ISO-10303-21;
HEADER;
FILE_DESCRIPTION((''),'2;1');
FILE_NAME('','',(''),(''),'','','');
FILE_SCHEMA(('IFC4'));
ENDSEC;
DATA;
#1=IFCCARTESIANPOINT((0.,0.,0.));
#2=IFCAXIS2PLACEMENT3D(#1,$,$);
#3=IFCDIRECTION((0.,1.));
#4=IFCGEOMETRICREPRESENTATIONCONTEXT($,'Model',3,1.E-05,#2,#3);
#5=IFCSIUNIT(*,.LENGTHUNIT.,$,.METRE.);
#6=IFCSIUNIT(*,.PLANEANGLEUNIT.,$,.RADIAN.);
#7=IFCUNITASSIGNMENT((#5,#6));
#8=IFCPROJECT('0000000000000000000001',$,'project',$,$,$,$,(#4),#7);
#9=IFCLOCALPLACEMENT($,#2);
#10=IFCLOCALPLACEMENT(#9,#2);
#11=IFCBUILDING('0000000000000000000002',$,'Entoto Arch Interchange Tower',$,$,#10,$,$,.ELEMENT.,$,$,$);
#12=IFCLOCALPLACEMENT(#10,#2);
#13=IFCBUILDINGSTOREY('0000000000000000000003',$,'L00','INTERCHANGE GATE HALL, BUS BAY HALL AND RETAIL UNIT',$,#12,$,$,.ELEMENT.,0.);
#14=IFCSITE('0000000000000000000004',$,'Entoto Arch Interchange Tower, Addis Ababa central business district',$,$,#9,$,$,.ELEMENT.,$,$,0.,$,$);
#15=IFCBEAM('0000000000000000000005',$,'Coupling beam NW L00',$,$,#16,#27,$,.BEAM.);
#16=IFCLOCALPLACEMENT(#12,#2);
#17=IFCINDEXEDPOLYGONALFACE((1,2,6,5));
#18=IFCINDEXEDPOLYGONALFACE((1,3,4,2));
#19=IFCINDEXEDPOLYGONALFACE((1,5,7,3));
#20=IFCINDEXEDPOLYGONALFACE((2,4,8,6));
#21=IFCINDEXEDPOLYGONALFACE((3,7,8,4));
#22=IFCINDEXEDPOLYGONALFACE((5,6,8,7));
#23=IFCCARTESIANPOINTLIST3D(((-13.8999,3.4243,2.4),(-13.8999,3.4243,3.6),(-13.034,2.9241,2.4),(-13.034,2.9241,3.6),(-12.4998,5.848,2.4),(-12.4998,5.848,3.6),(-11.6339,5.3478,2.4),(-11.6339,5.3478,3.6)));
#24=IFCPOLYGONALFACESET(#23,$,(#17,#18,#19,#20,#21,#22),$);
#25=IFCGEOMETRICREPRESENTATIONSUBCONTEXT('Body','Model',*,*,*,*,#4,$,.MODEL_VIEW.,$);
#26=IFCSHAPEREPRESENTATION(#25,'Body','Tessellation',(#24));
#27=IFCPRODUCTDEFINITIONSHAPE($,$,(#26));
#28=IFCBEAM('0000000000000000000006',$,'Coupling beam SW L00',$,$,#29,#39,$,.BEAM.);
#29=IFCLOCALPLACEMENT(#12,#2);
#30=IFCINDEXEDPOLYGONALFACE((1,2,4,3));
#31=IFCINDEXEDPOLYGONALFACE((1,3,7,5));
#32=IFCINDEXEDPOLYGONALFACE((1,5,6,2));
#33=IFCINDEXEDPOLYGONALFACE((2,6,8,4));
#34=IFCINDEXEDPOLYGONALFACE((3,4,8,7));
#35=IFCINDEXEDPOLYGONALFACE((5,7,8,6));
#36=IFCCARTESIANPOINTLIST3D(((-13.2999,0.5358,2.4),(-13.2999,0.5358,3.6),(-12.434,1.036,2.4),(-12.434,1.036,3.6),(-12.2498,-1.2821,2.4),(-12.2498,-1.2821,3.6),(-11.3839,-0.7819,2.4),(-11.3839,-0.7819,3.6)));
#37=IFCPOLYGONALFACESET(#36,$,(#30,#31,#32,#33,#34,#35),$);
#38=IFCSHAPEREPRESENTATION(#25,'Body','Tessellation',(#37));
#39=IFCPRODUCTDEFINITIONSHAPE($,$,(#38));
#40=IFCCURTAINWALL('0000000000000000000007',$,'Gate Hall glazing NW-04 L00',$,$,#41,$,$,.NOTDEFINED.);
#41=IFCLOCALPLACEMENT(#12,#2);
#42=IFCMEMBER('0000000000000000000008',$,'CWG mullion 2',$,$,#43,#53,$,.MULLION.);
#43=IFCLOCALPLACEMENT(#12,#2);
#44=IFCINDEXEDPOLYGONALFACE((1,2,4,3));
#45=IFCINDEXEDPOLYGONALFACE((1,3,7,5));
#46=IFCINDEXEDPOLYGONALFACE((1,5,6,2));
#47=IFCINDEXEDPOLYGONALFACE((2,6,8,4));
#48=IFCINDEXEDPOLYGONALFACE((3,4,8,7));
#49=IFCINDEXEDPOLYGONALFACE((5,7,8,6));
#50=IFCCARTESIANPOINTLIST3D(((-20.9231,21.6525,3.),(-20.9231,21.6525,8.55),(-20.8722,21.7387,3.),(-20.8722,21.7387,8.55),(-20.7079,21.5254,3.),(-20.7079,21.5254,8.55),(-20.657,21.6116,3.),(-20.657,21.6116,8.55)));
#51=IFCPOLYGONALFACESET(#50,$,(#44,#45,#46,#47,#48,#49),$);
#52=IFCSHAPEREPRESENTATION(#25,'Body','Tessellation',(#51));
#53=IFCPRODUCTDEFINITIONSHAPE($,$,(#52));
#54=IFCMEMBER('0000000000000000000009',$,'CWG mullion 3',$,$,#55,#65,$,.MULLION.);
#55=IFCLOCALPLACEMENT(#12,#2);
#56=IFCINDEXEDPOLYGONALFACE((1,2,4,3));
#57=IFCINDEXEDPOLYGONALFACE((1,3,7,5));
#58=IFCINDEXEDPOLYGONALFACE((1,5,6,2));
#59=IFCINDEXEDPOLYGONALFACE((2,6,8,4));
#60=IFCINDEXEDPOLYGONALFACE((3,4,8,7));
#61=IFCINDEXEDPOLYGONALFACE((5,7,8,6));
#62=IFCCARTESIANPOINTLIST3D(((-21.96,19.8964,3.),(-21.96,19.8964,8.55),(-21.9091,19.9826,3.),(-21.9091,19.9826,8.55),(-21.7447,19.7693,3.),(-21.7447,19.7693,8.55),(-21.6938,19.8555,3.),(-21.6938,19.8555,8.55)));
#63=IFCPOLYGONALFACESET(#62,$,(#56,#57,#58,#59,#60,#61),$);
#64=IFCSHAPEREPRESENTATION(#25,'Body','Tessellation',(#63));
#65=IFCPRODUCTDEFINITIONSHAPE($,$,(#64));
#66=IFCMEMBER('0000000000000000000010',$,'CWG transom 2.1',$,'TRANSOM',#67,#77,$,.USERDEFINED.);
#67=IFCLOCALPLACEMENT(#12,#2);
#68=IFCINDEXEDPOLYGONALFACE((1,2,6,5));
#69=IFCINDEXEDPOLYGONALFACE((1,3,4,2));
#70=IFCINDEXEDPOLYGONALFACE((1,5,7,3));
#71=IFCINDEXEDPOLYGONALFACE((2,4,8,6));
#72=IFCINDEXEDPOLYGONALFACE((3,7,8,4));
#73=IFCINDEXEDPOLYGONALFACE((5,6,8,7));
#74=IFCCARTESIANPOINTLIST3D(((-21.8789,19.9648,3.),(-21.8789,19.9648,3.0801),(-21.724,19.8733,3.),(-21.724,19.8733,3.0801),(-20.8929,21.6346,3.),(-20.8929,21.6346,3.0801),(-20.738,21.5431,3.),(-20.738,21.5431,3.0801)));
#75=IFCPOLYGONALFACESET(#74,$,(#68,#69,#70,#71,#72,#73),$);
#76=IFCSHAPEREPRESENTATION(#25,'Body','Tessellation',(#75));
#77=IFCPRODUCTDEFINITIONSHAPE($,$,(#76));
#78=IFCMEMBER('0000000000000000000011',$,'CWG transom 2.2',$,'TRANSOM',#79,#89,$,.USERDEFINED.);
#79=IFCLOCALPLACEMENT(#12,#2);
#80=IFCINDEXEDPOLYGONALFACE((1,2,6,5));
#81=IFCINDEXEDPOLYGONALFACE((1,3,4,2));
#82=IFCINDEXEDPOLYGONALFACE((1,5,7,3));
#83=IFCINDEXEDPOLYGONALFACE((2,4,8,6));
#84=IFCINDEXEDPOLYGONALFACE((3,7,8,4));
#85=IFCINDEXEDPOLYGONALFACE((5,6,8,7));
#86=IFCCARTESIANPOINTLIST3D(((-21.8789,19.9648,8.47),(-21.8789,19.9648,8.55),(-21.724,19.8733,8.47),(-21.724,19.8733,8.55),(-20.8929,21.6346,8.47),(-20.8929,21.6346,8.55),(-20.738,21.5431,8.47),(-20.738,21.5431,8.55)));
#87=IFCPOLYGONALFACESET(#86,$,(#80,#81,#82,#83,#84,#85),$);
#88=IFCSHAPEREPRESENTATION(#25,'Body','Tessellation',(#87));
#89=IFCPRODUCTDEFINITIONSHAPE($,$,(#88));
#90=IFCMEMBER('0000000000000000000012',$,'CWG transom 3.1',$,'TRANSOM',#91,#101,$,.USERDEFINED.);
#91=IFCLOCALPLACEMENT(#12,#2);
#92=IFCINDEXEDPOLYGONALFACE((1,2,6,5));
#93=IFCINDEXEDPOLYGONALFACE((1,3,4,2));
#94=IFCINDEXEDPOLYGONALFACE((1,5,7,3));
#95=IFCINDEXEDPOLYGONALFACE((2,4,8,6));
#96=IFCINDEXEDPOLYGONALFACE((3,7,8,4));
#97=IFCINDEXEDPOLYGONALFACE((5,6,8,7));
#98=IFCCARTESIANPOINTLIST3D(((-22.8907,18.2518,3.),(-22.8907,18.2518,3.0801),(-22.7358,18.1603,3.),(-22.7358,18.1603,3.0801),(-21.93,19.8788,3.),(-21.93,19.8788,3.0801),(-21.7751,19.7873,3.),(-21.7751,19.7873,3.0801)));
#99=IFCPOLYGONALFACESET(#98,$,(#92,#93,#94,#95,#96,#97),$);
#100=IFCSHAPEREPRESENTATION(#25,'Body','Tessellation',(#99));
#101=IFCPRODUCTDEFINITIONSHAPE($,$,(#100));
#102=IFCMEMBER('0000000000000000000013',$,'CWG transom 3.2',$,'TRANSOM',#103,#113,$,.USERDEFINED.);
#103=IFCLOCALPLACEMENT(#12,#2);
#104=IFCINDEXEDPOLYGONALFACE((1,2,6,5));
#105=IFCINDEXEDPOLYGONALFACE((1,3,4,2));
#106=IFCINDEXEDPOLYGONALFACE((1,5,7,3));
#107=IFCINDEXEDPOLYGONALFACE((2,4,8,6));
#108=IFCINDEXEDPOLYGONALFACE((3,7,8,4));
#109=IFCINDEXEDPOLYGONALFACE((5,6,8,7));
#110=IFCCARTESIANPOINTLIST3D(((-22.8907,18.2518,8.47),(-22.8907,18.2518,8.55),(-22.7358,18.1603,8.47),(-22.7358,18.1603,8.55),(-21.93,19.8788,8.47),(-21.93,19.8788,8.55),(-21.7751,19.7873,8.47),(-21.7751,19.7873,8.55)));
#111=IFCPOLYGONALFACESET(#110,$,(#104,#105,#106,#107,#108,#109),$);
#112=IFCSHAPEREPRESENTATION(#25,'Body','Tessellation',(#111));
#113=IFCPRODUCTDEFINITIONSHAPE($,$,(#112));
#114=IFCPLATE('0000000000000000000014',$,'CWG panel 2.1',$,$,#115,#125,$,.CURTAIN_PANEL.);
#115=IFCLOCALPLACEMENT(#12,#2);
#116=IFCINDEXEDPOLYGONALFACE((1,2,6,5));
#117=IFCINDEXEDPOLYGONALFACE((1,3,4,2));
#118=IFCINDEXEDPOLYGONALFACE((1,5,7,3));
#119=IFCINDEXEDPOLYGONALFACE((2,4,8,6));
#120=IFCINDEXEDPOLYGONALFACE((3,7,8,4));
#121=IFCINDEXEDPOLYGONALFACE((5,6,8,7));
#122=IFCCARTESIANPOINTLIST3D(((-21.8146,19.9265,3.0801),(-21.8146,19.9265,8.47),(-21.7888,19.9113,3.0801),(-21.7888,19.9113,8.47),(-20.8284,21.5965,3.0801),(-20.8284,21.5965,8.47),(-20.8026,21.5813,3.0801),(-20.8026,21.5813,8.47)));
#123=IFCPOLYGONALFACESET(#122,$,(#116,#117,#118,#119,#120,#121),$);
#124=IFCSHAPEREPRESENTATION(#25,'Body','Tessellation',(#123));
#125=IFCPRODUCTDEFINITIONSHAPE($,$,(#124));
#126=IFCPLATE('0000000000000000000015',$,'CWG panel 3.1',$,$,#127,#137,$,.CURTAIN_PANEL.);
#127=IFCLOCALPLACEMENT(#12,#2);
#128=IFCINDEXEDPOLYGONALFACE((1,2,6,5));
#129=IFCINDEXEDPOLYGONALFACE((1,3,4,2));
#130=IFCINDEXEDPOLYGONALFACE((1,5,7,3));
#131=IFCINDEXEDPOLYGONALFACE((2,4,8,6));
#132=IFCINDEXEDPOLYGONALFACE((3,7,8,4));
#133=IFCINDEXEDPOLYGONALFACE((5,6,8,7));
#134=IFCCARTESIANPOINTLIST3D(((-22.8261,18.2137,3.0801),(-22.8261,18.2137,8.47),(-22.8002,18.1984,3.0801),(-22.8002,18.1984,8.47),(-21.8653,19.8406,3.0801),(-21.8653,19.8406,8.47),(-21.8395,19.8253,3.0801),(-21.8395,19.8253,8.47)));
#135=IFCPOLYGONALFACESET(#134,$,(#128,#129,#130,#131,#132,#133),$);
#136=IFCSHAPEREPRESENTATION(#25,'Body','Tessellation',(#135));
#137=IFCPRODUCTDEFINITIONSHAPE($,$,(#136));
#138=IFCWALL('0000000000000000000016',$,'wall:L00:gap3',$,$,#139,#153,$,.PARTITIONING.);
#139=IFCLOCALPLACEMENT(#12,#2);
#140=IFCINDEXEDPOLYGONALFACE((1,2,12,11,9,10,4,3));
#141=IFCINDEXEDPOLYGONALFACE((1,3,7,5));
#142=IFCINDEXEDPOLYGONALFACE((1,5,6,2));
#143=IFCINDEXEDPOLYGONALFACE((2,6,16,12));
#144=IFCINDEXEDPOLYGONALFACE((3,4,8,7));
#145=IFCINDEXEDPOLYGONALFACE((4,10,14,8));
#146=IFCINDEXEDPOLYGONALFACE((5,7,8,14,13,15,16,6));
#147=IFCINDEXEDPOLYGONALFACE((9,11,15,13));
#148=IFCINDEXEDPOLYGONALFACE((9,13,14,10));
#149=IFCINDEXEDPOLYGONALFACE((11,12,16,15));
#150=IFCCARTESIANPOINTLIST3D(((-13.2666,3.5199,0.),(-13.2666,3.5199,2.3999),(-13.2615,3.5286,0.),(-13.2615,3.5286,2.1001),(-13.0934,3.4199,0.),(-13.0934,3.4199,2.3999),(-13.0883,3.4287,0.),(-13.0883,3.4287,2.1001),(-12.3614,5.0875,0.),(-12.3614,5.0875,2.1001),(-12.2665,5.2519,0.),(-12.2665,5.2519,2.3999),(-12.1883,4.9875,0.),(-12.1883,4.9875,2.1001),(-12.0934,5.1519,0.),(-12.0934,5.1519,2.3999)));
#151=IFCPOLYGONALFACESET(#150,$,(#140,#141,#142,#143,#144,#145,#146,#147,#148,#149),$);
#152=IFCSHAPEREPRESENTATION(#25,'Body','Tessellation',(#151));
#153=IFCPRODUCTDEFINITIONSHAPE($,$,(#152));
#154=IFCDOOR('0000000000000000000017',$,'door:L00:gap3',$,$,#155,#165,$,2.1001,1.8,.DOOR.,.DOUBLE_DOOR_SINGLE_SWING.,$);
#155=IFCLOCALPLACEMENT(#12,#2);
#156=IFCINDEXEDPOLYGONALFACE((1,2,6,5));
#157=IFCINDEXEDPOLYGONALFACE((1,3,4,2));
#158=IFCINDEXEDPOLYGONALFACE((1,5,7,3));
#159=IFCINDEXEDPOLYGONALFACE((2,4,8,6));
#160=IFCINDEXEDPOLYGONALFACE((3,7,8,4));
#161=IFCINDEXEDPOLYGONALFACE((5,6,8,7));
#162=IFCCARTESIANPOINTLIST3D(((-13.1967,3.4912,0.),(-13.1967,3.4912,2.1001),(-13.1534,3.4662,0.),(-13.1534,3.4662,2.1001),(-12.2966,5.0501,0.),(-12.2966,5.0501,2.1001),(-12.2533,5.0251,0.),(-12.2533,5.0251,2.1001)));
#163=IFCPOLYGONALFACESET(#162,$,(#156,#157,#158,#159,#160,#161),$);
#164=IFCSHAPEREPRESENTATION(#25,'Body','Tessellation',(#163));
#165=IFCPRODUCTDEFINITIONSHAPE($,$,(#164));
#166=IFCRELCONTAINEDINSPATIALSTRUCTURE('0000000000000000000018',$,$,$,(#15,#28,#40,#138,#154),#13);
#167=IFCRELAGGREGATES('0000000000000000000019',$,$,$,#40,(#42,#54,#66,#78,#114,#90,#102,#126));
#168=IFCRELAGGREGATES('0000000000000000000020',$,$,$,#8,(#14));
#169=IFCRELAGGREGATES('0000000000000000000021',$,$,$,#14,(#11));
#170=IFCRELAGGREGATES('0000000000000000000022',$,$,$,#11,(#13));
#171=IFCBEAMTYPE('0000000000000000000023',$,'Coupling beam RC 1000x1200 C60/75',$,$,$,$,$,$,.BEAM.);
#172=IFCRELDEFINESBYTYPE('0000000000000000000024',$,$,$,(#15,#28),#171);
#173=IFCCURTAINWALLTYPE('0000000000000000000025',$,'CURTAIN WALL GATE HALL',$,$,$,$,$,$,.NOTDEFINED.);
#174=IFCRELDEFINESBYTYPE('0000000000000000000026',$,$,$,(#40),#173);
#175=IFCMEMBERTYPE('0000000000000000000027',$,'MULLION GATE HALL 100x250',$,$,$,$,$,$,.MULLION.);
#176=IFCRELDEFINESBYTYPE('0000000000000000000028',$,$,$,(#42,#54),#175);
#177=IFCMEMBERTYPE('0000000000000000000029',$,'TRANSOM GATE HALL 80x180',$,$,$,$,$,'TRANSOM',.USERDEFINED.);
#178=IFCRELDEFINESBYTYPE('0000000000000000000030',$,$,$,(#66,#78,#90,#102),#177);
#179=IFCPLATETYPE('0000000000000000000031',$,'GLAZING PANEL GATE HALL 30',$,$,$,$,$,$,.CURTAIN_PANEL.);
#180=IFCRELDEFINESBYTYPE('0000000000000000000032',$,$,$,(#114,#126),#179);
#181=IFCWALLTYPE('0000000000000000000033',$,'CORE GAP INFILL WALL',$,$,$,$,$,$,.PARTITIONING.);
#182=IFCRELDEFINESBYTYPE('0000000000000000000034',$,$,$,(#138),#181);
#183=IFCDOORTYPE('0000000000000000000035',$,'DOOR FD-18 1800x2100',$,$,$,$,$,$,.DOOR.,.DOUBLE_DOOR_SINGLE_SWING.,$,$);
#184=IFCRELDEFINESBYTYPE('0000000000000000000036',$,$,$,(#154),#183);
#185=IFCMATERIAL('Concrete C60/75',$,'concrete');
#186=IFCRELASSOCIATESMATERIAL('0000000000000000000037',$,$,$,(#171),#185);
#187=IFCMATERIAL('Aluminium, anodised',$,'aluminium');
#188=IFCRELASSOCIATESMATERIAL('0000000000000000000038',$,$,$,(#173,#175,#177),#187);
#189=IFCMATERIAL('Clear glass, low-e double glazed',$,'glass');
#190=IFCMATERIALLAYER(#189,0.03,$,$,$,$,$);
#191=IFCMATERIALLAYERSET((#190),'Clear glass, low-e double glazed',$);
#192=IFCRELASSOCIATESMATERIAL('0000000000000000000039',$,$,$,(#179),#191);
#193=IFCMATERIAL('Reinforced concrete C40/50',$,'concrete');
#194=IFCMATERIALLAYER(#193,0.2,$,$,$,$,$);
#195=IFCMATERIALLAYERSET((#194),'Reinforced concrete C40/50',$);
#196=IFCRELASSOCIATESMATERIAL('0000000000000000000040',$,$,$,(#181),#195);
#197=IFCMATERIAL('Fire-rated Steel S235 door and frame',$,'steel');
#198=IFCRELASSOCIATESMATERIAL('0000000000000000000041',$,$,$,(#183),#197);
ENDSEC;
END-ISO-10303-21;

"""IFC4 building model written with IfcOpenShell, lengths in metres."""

from ifc_helpers import new_model, si_unit, direction, frame, frame_2d, origin, origin_2d, place, context, subcontext, project, spatial, rectangle, extrude, material, layer, layer_set, material_profile, profile_set, type_object, element, fill, aggregate, save


model = new_model("IFC4")

# Units and contexts
model_context = context("Model", 3, precision=1e-05, world=origin(), true_north=direction((0.0, 1.0)))
body_context = subcontext(model_context, "Body", "Model", "MODEL_VIEW")
ifc_project = project(units=[si_unit("LENGTHUNIT", "METRE"), si_unit("PLANEANGLEUNIT", "RADIAN")], contexts=[model_context])

# Site, building, storey
site_placement = place(None, origin())
site = spatial("IfcSite", under=ifc_project, at=site_placement, Name="Entoto Arch Interchange Tower, Addis Ababa central business district", CompositionType="ELEMENT", RefElevation=0.0)
building_placement = place(site_placement, origin())
building = spatial("IfcBuilding", under=site, at=building_placement, Name="Entoto Arch Interchange Tower", CompositionType="ELEMENT")
storey_placement = place(building_placement, origin())
storey = spatial("IfcBuildingStorey", under=building, at=storey_placement, Name="L00", Description="INTERCHANGE GATE HALL, BUS BAY HALL AND RETAIL UNIT", CompositionType="ELEMENT", Elevation=0.0)

# Beams
ifc_material_1 = material(Name="Concrete C60/75", Category="concrete")
ifc_material_profile_1 = material_profile(ifc_material_1, rectangle(XDim=1.0, YDim=1.2, at=origin_2d()))
ifc_profile_set_1 = profile_set([ifc_material_profile_1], Name="Concrete C60/75")
beam_type = type_object("IfcBeamType", Name="Coupling beam RC 1000x1200 C60/75", PredefinedType="BEAM", material=ifc_profile_set_1)
beam_1_placement = place(storey_placement, frame((-12.0669, 5.5979, 3.0), z_axis=(-0.500201, -0.86591, 0.0), x_axis=(0.86591, -0.500201, 0.0)))
element("IfcBeam", 1, at=beam_1_placement, inside=storey, type_object=beam_type, Name="Coupling beam NW L00", PredefinedType="BEAM", context=body_context, shape_type="SweptSolid", body=[
    extrude(rectangle(XDim=1.0, YDim=1.2, at=origin_2d()), origin(), (0.0, 0.0, 1.0), 2.7991),
])
beam_2_placement = place(storey_placement, frame((-12.8669, 0.7859, 3.0), z_axis=(0.500179, -0.865922, 0.0), x_axis=(0.865922, 0.500179, 0.0)))
element("IfcBeam", 2, at=beam_2_placement, inside=storey, type_object=beam_type, Name="Coupling beam SW L00", PredefinedType="BEAM", context=body_context, shape_type="SweptSolid", body=[
    extrude(rectangle(XDim=1.0, YDim=1.2, at=origin_2d()), origin(), (0.0, 0.0, 1.0), 2.0994),
])

# Curtain wall, members, plates
ifc_material_2 = material(Name="Aluminium, anodised", Category="aluminium")
curtain_wall_type = type_object("IfcCurtainWallType", Name="CURTAIN WALL GATE HALL", PredefinedType="NOTDEFINED", material=ifc_material_2)
curtain_wall_placement = place(storey_placement, origin())
curtain_wall = element("IfcCurtainWall", 3, at=curtain_wall_placement, inside=storey, type_object=curtain_wall_type, Name="Gate Hall glazing NW-04 L00", PredefinedType="NOTDEFINED")
ifc_material_profile_2 = material_profile(ifc_material_2, rectangle(XDim=0.25, YDim=0.1001, at=origin_2d()))
ifc_profile_set_2 = profile_set([ifc_material_profile_2], Name="Aluminium, anodised")
member_type_1 = type_object("IfcMemberType", Name="MULLION GATE HALL 100x250", PredefinedType="MULLION", material=ifc_profile_set_2)
member_1_placement = place(storey_placement, frame((-20.79, 21.6321, 3.0), z_axis=(0.0, 0.0, 1.0), x_axis=(0.861063, -0.508498, 0.0)))
member_1 = element("IfcMember", 4, at=member_1_placement, type_object=member_type_1, Name="CWG mullion 2", PredefinedType="MULLION", context=body_context, shape_type="SweptSolid", body=[
    extrude(rectangle(XDim=0.25, YDim=0.1001, at=origin_2d()), origin(), (0.0, 0.0, 1.0), 5.55),
])
member_2_placement = place(storey_placement, frame((-21.8269, 19.876, 3.0), z_axis=(0.0, 0.0, 1.0), x_axis=(0.861063, -0.508498, 0.0)))
member_2 = element("IfcMember", 5, at=member_2_placement, type_object=member_type_1, Name="CWG mullion 3", PredefinedType="MULLION", context=body_context, shape_type="SweptSolid", body=[
    extrude(rectangle(XDim=0.25, YDim=0.1001, at=origin_2d()), origin(), (0.0, 0.0, 1.0), 5.55),
])
ifc_material_profile_3 = material_profile(ifc_material_2, rectangle(XDim=0.1799, YDim=0.0801, at=origin_2d()))
ifc_profile_set_3 = profile_set([ifc_material_profile_3], Name="Aluminium, anodised")
member_type_2 = type_object("IfcMemberType", Name="TRANSOM GATE HALL 80x180", ElementType="TRANSOM", PredefinedType="USERDEFINED", material=ifc_profile_set_3)
member_3_placement = place(storey_placement, frame((-20.8154, 21.5889, 3.04), z_axis=(-0.508466, -0.861082, 0.0), x_axis=(0.861082, -0.508466, 0.0)))
member_3 = element("IfcMember", 6, at=member_3_placement, type_object=member_type_2, Name="CWG transom 2.1", ObjectType="TRANSOM", PredefinedType="USERDEFINED", context=body_context, shape_type="SweptSolid", body=[
    extrude(rectangle(XDim=0.1799, YDim=0.0801, at=origin_2d()), origin(), (0.0, 0.0, 1.0), 1.9392),
])
member_4_placement = place(storey_placement, frame((-20.8154, 21.5889, 8.51), z_axis=(-0.508466, -0.861082, 0.0), x_axis=(0.861082, -0.508466, 0.0)))
member_4 = element("IfcMember", 7, at=member_4_placement, type_object=member_type_2, Name="CWG transom 2.2", ObjectType="TRANSOM", PredefinedType="USERDEFINED", context=body_context, shape_type="SweptSolid", body=[
    extrude(rectangle(XDim=0.1799, YDim=0.0801, at=origin_2d()), origin(), (0.0, 0.0, 1.0), 1.9392),
])
member_5_placement = place(storey_placement, frame((-21.8525, 19.833, 3.04), z_axis=(-0.508459, -0.861086, 0.0), x_axis=(0.861086, -0.508459, 0.0)))
member_5 = element("IfcMember", 8, at=member_5_placement, type_object=member_type_2, Name="CWG transom 3.1", ObjectType="TRANSOM", PredefinedType="USERDEFINED", context=body_context, shape_type="SweptSolid", body=[
    extrude(rectangle(XDim=0.1799, YDim=0.0801, at=origin_2d()), origin(), (0.0, 0.0, 1.0), 1.8894),
])
member_6_placement = place(storey_placement, frame((-21.8525, 19.833, 8.51), z_axis=(-0.508459, -0.861086, 0.0), x_axis=(0.861086, -0.508459, 0.0)))
member_6 = element("IfcMember", 9, at=member_6_placement, type_object=member_type_2, Name="CWG transom 3.2", ObjectType="TRANSOM", PredefinedType="USERDEFINED", context=body_context, shape_type="SweptSolid", body=[
    extrude(rectangle(XDim=0.1799, YDim=0.0801, at=origin_2d()), origin(), (0.0, 0.0, 1.0), 1.8894),
])
ifc_material_3 = material(Name="Clear glass, low-e double glazed", Category="glass")
ifc_layer_1 = layer(ifc_material_3, 0.03)
ifc_layer_set_1 = layer_set([ifc_layer_1], Name="Clear glass, low-e double glazed")
plate_type = type_object("IfcPlateType", Name="GLAZING PANEL GATE HALL 30", PredefinedType="CURTAIN_PANEL", material=ifc_layer_set_1)
plate_1_placement = place(storey_placement, frame((-21.3086, 20.7539, 3.0801), z_axis=(0.0, 0.0, 1.0), x_axis=(-0.508498, -0.861063, 0.0)))
plate_1 = element("IfcPlate", 10, at=plate_1_placement, type_object=plate_type, Name="CWG panel 2.1", PredefinedType="CURTAIN_PANEL", context=body_context, shape_type="SweptSolid", body=[
    extrude(rectangle(XDim=1.9395, YDim=0.03, at=origin_2d()), origin(), (0.0, 0.0, 1.0), 5.3899),
])
plate_2_placement = place(storey_placement, frame((-22.3328, 19.0195, 3.0801), z_axis=(0.0, 0.0, 1.0), x_axis=(-0.508498, -0.861063, 0.0)))
plate_2 = element("IfcPlate", 11, at=plate_2_placement, type_object=plate_type, Name="CWG panel 3.1", PredefinedType="CURTAIN_PANEL", context=body_context, shape_type="SweptSolid", body=[
    extrude(rectangle(XDim=1.8894, YDim=0.03, at=origin_2d()), origin(), (0.0, 0.0, 1.0), 5.3899),
])
aggregate(curtain_wall, [member_1, member_2, member_3, member_4, plate_1, member_5, member_6, plate_2])

# Wall, opening, door
ifc_material_4 = material(Name="Reinforced concrete C40/50", Category="concrete")
ifc_layer_2 = layer(ifc_material_4, 0.2)
ifc_layer_set_2 = layer_set([ifc_layer_2], Name="Reinforced concrete C40/50")
wall_type_1 = type_object("IfcWallType", Name="CORE GAP INFILL WALL", PredefinedType="PARTITIONING", material=ifc_layer_set_2)
wall_1_placement = place(storey_placement, frame((-12.1799, 5.2019, 0.0), z_axis=(0.0, 0.0, 1.0), x_axis=(-0.500025, -0.866011, 0.0)))
wall_1 = element("IfcWall", 12, at=wall_1_placement, inside=storey, type_object=wall_type_1, Name="wall:L00:gap3", PredefinedType="PARTITIONING", context=body_context, shape_type="SweptSolid", body=[
    extrude(rectangle(XDim=2.0, YDim=0.2, at=frame_2d((1.0, 0.0))), origin(), (0.0, 0.0, 1.0), 2.3999),
])
opening_1_placement = place(wall_1_placement, frame((0.1899, 0.0, 0.0)))
opening_1 = element("IfcOpeningElement", 13, at=opening_1_placement, cuts=wall_1, PredefinedType="OPENING", context=body_context, shape_type="SweptSolid", body=[
    extrude(rectangle(XDim=1.8, YDim=2.1001, at=frame_2d((0.8999, 1.05))), frame((0.0, 0.1099, 0.0), z_axis=(0.0, -1.0, 0.0), x_axis=(1.0, 0.0, 0.0)), (0.0, 0.0, 1.0), 0.22),
])
ifc_material_5 = material(Name="Fire-rated Steel S235 door and frame", Category="steel")
door_type_1 = type_object("IfcDoorType", Name="DOOR FD-18 1800x2100", OperationType="DOUBLE_DOOR_SINGLE_SWING", PredefinedType="DOOR", material=ifc_material_5)
door_1_placement = place(opening_1_placement, origin())
door_1 = element("IfcDoor", 14, at=door_1_placement, inside=storey, type_object=door_type_1, Name="door:L00:gap3", OperationType="DOUBLE_DOOR_SINGLE_SWING", OverallHeight=2.1001, OverallWidth=1.8, PredefinedType="DOOR", context=body_context, shape_type="SweptSolid", body=[
    extrude(rectangle(XDim=1.8, YDim=2.1001, at=frame_2d((0.8999, 1.05))), frame((0.0, 0.0249, 0.0), z_axis=(0.0, -1.0, 0.0), x_axis=(1.0, 0.0, 0.0)), (0.0, 0.0, 1.0), 0.05),
])
fill(opening_1, door_1)

save(model, "model.ifc")
